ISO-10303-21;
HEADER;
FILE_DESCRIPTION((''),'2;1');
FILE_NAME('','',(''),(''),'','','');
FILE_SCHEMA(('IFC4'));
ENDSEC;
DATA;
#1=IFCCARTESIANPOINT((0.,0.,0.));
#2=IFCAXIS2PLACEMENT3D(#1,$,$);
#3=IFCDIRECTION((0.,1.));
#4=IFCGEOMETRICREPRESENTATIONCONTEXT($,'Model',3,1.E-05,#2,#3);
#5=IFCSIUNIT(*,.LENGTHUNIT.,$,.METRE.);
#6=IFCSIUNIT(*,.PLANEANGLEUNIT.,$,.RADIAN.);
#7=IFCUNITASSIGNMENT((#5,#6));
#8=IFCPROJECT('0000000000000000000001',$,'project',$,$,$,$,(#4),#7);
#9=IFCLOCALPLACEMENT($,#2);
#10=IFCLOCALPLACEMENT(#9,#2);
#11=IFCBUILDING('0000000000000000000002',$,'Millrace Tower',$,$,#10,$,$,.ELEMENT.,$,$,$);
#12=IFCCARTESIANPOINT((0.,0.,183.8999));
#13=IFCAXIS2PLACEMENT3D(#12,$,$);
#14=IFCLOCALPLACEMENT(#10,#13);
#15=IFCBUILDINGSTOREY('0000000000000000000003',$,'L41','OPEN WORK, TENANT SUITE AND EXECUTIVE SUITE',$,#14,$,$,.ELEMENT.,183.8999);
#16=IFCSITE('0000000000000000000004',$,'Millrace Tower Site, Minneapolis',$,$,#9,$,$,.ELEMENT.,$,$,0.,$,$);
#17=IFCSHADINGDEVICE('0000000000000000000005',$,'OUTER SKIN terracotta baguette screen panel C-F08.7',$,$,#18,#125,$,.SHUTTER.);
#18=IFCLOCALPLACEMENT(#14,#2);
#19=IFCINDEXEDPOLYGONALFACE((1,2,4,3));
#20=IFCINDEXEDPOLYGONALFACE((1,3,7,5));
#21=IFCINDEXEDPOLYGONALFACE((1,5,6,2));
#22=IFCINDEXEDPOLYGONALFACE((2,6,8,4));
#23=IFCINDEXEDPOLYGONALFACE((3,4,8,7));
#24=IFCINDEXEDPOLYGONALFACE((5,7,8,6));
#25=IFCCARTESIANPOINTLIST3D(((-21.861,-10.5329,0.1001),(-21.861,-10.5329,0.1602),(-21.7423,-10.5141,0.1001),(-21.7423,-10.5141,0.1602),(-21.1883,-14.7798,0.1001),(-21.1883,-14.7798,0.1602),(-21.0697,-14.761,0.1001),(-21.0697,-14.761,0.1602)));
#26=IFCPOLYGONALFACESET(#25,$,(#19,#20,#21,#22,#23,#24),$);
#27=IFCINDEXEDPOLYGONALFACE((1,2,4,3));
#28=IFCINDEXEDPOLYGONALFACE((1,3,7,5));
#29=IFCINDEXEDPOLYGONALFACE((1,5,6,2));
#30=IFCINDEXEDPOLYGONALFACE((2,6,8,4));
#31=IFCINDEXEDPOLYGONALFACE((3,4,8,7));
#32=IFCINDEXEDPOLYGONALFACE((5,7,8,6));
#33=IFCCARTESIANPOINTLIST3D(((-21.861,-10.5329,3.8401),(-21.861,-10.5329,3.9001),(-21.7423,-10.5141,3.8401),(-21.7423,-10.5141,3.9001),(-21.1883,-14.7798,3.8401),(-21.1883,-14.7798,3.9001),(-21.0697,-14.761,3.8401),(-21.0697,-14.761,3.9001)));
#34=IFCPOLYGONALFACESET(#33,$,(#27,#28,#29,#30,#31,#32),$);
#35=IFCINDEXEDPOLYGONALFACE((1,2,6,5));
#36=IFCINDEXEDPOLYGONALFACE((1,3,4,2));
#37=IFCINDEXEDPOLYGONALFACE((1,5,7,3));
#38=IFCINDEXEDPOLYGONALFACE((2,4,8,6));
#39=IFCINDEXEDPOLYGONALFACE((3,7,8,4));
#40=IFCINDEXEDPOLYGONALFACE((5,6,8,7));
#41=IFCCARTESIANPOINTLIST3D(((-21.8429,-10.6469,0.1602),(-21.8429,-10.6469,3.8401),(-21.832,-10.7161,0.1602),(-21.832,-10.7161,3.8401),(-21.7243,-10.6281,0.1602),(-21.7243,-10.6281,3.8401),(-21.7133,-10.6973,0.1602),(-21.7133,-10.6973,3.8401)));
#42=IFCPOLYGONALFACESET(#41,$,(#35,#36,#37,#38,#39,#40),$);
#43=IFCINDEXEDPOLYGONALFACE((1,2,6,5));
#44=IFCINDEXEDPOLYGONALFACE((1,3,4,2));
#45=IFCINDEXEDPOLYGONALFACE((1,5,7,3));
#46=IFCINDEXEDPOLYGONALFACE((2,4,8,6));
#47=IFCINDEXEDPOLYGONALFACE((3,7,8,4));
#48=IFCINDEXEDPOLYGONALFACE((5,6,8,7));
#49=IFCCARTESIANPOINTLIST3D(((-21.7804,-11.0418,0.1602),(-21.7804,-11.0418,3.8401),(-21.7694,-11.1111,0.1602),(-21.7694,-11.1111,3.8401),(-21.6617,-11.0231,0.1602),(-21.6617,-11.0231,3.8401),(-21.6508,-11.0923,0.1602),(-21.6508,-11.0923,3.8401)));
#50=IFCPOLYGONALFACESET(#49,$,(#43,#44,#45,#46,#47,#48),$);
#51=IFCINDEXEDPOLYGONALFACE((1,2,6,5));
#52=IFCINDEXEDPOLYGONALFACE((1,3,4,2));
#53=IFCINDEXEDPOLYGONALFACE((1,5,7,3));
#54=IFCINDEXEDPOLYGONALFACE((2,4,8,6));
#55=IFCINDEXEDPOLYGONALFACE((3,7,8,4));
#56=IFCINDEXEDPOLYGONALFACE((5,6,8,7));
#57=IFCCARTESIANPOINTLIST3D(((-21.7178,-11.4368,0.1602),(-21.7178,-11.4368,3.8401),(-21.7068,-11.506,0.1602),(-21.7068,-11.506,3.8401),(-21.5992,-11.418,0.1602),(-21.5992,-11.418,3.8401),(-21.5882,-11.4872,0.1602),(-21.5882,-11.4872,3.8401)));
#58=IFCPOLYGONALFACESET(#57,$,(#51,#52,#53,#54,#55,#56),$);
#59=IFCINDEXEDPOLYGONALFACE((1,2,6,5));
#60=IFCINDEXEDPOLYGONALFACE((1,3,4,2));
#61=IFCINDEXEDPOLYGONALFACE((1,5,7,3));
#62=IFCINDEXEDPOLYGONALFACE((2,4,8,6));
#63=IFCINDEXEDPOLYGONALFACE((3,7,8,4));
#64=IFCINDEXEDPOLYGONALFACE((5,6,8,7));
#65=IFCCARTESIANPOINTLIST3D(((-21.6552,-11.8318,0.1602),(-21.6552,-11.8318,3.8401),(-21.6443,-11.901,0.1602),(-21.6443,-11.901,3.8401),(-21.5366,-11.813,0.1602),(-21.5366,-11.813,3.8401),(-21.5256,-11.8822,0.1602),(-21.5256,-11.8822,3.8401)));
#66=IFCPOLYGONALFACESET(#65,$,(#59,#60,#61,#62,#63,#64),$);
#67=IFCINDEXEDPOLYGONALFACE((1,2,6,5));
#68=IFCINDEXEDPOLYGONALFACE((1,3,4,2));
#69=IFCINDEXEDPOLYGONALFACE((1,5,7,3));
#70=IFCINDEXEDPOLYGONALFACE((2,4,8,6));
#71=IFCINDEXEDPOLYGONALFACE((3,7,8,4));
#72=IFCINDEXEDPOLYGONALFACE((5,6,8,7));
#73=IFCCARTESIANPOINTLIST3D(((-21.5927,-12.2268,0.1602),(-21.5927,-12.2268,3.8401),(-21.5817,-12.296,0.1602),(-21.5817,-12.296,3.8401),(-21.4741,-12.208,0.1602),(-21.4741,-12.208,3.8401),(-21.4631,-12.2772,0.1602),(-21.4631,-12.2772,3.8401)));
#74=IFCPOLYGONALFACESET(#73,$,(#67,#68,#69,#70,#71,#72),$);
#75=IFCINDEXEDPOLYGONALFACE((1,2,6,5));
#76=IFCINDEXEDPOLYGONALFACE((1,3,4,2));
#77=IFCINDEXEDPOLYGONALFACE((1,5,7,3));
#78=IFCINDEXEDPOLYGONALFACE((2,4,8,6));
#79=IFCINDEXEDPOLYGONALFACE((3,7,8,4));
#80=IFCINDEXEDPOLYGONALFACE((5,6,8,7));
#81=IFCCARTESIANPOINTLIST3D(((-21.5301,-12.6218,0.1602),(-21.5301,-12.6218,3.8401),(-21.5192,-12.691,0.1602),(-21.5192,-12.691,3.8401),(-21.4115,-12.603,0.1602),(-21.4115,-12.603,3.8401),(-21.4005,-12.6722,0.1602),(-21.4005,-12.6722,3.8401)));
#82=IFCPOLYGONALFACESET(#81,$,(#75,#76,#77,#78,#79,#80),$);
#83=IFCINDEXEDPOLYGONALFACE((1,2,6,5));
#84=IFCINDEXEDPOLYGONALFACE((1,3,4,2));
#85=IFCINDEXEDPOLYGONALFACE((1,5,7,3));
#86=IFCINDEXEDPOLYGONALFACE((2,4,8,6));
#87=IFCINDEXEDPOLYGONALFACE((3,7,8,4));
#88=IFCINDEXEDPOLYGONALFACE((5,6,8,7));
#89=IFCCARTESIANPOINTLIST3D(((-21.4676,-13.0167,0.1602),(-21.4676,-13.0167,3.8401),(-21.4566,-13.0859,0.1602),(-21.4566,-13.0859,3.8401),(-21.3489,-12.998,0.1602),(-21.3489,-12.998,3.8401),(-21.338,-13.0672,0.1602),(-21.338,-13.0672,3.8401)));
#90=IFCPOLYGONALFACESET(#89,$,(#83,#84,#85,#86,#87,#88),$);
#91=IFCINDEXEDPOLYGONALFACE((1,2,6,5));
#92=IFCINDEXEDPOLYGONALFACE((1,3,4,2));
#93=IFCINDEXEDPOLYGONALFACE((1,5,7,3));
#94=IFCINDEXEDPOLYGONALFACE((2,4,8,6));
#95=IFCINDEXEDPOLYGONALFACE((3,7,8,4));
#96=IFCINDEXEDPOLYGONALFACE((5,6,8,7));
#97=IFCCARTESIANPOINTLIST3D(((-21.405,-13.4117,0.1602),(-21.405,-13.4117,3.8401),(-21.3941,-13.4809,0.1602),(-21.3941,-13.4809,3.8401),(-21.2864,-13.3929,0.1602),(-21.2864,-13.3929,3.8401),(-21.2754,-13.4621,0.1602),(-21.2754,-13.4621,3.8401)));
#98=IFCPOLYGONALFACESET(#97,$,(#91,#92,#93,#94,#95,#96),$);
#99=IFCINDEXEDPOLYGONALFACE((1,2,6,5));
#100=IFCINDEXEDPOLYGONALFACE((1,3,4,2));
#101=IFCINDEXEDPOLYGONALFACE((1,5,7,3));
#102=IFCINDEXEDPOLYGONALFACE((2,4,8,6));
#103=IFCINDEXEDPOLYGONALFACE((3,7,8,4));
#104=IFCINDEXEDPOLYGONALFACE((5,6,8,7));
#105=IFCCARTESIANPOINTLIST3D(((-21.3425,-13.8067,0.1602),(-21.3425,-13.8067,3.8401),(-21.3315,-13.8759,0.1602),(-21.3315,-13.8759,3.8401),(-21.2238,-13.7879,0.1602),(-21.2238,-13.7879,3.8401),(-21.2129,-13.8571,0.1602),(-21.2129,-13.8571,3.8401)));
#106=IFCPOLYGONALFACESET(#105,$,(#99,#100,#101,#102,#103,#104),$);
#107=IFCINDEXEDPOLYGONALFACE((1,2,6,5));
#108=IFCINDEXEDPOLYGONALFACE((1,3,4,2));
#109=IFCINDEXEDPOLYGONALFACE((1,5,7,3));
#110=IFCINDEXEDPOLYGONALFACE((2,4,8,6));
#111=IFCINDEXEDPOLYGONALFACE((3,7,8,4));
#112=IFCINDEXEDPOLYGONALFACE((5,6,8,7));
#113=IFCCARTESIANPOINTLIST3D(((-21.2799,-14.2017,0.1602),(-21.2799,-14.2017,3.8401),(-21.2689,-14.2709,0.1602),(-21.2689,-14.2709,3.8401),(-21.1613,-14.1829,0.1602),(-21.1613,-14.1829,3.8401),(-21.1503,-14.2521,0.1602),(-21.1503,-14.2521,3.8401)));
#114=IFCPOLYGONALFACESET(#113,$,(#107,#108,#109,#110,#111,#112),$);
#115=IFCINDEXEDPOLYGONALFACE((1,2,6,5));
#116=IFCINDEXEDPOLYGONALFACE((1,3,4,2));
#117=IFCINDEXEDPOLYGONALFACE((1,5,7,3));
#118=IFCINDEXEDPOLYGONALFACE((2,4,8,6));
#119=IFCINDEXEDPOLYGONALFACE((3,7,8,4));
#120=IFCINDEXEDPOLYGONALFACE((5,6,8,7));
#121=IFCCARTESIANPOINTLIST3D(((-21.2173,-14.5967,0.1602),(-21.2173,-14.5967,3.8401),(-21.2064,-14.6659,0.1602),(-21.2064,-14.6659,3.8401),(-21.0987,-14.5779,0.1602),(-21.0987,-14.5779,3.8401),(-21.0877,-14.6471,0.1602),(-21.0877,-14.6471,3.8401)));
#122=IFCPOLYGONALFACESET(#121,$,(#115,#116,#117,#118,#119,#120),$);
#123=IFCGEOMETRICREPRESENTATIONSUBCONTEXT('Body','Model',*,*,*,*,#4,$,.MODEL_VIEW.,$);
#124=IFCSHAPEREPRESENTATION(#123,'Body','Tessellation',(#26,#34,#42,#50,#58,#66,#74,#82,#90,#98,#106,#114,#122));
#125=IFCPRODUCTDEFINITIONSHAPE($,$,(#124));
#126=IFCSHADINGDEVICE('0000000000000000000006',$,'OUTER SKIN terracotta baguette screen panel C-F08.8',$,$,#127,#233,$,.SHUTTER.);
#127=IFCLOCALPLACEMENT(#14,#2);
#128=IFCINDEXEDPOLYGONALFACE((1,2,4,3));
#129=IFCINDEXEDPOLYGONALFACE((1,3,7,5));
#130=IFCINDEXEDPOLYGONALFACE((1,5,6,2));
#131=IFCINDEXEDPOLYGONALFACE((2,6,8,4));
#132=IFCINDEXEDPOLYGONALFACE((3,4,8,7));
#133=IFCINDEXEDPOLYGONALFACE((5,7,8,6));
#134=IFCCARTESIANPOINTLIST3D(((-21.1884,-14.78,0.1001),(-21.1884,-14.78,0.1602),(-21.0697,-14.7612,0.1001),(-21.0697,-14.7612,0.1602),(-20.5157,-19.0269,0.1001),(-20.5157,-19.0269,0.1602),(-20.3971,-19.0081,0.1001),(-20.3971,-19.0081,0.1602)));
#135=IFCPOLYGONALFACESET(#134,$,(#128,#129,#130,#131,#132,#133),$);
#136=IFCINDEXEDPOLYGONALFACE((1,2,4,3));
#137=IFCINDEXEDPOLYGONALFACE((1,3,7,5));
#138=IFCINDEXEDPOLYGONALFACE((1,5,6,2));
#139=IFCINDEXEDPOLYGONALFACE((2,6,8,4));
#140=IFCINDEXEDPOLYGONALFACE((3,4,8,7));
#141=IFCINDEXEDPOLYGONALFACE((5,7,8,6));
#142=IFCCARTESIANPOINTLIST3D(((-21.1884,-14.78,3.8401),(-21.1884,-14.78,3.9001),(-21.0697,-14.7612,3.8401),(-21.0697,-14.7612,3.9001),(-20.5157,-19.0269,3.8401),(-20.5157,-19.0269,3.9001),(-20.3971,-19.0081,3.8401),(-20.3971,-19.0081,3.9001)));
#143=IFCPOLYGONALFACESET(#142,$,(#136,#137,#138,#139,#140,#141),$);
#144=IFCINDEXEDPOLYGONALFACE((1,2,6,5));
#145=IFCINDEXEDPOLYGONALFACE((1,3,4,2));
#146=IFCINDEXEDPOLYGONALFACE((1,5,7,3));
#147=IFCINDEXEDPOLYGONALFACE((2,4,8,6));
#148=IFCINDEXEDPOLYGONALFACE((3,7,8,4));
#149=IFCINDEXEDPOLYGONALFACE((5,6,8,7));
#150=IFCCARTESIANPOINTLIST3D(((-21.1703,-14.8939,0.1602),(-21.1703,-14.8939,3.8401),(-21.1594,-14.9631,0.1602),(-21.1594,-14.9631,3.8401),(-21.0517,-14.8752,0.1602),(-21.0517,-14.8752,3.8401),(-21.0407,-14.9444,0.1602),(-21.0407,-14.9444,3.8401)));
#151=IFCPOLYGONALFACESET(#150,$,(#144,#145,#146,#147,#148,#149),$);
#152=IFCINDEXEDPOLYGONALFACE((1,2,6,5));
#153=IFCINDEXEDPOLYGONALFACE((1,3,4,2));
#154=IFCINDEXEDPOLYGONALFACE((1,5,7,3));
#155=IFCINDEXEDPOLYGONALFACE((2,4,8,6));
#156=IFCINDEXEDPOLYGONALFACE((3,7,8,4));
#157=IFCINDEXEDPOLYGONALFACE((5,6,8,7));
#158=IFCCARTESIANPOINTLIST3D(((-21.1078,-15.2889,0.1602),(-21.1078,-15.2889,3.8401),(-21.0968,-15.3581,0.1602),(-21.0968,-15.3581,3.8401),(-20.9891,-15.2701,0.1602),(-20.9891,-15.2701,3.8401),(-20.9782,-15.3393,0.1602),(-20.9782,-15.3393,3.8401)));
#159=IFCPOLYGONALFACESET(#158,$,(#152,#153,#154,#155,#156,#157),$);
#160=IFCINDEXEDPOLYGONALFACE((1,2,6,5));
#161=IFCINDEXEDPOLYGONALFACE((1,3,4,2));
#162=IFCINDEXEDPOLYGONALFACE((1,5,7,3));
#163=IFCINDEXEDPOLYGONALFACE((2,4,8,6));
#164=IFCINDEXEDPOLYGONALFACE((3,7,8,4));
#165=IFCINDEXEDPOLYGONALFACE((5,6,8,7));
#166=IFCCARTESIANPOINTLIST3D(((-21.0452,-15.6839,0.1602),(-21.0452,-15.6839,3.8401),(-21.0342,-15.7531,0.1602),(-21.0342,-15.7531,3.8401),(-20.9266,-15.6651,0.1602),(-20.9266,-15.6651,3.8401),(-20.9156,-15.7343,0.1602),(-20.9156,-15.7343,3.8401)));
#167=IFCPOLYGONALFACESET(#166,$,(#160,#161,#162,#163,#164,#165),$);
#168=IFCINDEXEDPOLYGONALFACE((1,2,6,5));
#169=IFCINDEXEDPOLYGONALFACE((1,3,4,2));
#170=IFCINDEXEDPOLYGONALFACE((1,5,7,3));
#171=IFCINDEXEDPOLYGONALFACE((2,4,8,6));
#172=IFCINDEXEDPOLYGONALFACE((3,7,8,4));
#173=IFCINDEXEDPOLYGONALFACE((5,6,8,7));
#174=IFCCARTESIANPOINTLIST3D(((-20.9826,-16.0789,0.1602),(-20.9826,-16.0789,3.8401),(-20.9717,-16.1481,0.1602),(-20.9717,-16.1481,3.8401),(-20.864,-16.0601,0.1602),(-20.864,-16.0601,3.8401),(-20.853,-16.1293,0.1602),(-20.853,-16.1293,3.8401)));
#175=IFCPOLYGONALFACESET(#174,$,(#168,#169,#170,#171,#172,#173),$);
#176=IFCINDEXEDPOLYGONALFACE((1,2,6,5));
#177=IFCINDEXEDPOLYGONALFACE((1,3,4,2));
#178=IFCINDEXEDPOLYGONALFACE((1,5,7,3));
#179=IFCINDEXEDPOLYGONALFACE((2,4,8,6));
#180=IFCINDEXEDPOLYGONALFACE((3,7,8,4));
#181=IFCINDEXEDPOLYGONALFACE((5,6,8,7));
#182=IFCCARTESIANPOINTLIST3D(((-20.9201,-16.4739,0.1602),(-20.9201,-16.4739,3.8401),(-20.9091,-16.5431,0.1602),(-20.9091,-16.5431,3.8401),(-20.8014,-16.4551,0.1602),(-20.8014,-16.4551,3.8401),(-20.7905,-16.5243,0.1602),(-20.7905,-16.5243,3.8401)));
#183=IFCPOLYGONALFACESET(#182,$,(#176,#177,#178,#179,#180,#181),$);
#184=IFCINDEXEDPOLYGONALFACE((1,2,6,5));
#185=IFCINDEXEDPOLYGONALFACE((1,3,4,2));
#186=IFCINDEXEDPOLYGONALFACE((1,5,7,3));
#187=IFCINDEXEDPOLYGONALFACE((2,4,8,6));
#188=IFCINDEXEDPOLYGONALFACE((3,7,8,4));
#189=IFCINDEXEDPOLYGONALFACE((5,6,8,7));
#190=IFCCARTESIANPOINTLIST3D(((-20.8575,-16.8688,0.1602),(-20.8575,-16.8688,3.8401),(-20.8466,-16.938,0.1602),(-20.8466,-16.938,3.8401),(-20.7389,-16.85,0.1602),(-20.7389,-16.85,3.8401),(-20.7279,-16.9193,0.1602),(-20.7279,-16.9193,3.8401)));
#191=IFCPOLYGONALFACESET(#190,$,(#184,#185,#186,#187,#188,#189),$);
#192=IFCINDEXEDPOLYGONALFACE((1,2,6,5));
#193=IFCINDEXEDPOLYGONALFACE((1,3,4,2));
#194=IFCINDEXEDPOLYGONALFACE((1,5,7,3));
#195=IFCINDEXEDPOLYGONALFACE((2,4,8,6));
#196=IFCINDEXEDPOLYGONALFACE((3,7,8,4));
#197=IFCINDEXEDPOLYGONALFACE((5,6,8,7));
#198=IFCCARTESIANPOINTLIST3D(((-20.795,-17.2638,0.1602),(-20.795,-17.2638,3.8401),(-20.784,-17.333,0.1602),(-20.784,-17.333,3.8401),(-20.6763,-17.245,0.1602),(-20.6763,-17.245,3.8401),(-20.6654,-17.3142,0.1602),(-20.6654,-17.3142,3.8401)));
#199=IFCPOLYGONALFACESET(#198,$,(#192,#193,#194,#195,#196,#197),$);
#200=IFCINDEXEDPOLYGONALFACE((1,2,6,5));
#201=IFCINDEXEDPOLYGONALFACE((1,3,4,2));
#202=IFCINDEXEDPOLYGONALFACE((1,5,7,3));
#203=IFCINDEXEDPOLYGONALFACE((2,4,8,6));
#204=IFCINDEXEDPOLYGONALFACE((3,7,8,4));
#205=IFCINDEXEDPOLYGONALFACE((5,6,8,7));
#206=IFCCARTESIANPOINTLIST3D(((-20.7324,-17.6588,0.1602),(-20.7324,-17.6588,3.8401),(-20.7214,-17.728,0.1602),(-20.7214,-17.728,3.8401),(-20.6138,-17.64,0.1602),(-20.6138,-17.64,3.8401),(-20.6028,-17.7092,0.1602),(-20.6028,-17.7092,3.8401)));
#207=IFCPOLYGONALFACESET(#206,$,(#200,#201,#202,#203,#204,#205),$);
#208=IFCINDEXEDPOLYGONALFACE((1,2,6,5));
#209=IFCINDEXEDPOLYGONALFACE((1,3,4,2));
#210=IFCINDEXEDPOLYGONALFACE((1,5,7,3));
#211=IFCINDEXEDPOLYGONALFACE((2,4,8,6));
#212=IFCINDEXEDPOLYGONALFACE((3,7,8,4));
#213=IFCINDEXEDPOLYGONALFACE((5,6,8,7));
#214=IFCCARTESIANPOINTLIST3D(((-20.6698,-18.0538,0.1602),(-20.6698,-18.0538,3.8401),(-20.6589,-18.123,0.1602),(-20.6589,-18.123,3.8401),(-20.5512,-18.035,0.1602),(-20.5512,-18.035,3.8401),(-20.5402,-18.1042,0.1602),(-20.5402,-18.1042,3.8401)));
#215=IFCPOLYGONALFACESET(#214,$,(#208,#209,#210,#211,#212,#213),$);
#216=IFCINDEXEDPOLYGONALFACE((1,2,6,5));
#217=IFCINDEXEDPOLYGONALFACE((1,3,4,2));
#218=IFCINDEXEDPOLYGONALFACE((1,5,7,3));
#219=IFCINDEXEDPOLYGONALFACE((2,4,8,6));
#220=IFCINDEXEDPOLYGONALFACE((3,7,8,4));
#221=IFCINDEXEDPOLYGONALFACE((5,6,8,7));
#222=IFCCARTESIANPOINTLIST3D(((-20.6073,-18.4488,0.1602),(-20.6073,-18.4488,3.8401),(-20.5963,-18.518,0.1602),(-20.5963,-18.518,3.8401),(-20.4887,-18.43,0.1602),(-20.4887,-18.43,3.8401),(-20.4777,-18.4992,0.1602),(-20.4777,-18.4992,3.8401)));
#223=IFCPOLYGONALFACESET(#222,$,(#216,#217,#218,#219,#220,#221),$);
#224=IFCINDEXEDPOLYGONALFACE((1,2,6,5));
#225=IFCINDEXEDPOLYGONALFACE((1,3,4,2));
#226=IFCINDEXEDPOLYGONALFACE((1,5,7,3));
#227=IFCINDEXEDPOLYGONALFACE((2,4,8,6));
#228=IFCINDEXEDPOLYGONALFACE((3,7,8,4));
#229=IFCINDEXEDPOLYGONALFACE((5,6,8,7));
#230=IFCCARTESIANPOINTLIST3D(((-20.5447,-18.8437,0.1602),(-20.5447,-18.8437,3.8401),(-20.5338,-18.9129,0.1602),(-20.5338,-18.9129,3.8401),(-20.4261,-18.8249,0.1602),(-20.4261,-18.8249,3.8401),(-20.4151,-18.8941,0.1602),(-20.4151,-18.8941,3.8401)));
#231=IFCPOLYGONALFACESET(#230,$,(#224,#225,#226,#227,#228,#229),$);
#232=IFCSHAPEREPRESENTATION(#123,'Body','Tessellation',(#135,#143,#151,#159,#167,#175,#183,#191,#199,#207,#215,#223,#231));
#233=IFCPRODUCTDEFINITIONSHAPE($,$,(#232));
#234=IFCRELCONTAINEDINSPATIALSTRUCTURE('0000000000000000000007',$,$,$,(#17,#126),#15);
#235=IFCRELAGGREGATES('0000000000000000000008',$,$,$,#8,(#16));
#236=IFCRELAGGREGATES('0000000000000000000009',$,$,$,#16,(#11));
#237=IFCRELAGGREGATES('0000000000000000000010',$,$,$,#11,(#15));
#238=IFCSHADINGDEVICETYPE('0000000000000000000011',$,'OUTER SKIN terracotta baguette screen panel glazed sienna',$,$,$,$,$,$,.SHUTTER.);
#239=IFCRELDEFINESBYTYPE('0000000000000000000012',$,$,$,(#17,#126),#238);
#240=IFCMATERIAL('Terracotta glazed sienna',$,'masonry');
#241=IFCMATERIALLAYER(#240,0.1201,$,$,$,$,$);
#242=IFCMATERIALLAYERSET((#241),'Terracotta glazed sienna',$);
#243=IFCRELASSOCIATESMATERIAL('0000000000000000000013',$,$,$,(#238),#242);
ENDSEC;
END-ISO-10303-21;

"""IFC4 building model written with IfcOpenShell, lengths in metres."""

from ifc_helpers import new_model, entity, si_unit, direction, frame, frame_2d, origin, origin_2d, place, context, subcontext, project, spatial, rectangle, extrude, source, transform, mapped, material, layer, layer_set, type_object, element, save


model = new_model("IFC4")

# Units and contexts
model_context = context("Model", 3, precision=1e-05, world=origin(), true_north=direction((0.0, 1.0)))
body_context = subcontext(model_context, "Body", "Model", "MODEL_VIEW")
ifc_project = project(units=[si_unit("LENGTHUNIT", "METRE"), si_unit("PLANEANGLEUNIT", "RADIAN")], contexts=[model_context])

# Site, building, storey
site_placement = place(None, origin())
site = spatial("IfcSite", under=ifc_project, at=site_placement, Name="Millrace Tower Site, Minneapolis", CompositionType="ELEMENT", RefElevation=0.0)
building_placement = place(site_placement, origin())
building = spatial("IfcBuilding", under=site, at=building_placement, Name="Millrace Tower", CompositionType="ELEMENT")
storey_placement = place(building_placement, frame((0.0, 0.0, 183.8999)))
storey = spatial("IfcBuildingStorey", under=building, at=storey_placement, Name="L41", Description="OPEN WORK, TENANT SUITE AND EXECUTIVE SUITE", CompositionType="ELEMENT", Elevation=183.8999)

# Shading devices
ifc_material_1 = material(Name="Terracotta glazed sienna", Category="masonry")
ifc_layer_1 = layer(ifc_material_1, 0.1201)
ifc_layer_set_1 = layer_set([ifc_layer_1], Name="Terracotta glazed sienna")
shading_device_type = type_object("IfcShadingDeviceType", Name="OUTER SKIN terracotta baguette screen panel glazed sienna", PredefinedType="SHUTTER", material=ifc_layer_set_1)
cartesian_point_1 = entity("IfcCartesianPoint", [-2.1499, 0.0601])
shared_polyline_1 = entity("IfcPolyline", [cartesian_point_1, entity("IfcCartesianPoint", [2.1499, 0.0601]), entity("IfcCartesianPoint", [2.1499, -0.0601]), entity("IfcCartesianPoint", [-2.1499, -0.0601]), cartesian_point_1])
shared_shape_1 = source(origin(), body_context, "Body", "SweptSolid", [
    entity("IfcExtrudedAreaSolid", entity("IfcArbitraryClosedProfileDef", "AREA", None, shared_polyline_1), entity("IfcAxis2Placement3D", entity("IfcCartesianPoint", [0.0, 0.0, 0.0])), entity("IfcDirection", [0.0, 0.0, 1.0]), 0.0601),
    entity("IfcExtrudedAreaSolid", entity("IfcArbitraryClosedProfileDef", "AREA", None, shared_polyline_1), entity("IfcAxis2Placement3D", entity("IfcCartesianPoint", [0.0, 0.0, 3.74])), entity("IfcDirection", [0.0, 0.0, 1.0]), 0.0601),
    extrude(rectangle(XDim=0.0701, YDim=0.1201, at=frame_2d((-1.9995, 0.0))), frame((0.0, 0.0, 0.0601)), (0.0, 0.0, 1.0), 3.6799),
    extrude(rectangle(XDim=0.0701, YDim=0.1201, at=frame_2d((-1.5996, 0.0))), frame((0.0, 0.0, 0.0601)), (0.0, 0.0, 1.0), 3.6799),
    extrude(rectangle(XDim=0.0701, YDim=0.1201, at=frame_2d((-1.1997, 0.0))), frame((0.0, 0.0, 0.0601)), (0.0, 0.0, 1.0), 3.6799),
    extrude(rectangle(XDim=0.0701, YDim=0.1201, at=frame_2d((-0.7998, 0.0))), frame((0.0, 0.0, 0.0601)), (0.0, 0.0, 1.0), 3.6799),
    extrude(rectangle(XDim=0.0701, YDim=0.1201, at=frame_2d((-0.3999, 0.0))), frame((0.0, 0.0, 0.0601)), (0.0, 0.0, 1.0), 3.6799),
    extrude(rectangle(XDim=0.0701, YDim=0.1201, at=origin_2d()), frame((0.0, 0.0, 0.0601)), (0.0, 0.0, 1.0), 3.6799),
    extrude(rectangle(XDim=0.0701, YDim=0.1201, at=frame_2d((0.3999, 0.0))), frame((0.0, 0.0, 0.0601)), (0.0, 0.0, 1.0), 3.6799),
    extrude(rectangle(XDim=0.0701, YDim=0.1201, at=frame_2d((0.7998, 0.0))), frame((0.0, 0.0, 0.0601)), (0.0, 0.0, 1.0), 3.6799),
    extrude(rectangle(XDim=0.0701, YDim=0.1201, at=frame_2d((1.1997, 0.0))), frame((0.0, 0.0, 0.0601)), (0.0, 0.0, 1.0), 3.6799),
    extrude(rectangle(XDim=0.0701, YDim=0.1201, at=frame_2d((1.5996, 0.0))), frame((0.0, 0.0, 0.0601)), (0.0, 0.0, 1.0), 3.6799),
    extrude(rectangle(XDim=0.0701, YDim=0.1201, at=frame_2d((1.9995, 0.0))), frame((0.0, 0.0, 0.0601)), (0.0, 0.0, 1.0), 3.6799),
])
for number, where, z_axis, x_axis, name in (
    (1, (-21.4653, -12.647, 0.1001), (0.0, 0.0, 1.0), (0.156434, -0.987688, 0.0), "OUTER SKIN terracotta baguette screen panel C-F08.7"),
    (2, (-20.7927, -16.894, 0.1001), (0.0, 0.0, 1.0), (0.156434, -0.987688, 0.0), "OUTER SKIN terracotta baguette screen panel C-F08.8"),
):
    element("IfcShadingDevice", number, at=place(storey_placement, frame(where, z_axis=z_axis, x_axis=x_axis)), inside=storey, type_object=shading_device_type, Name=name, PredefinedType="SHUTTER", context=body_context, shape_type="MappedRepresentation", body=[
        mapped(shared_shape_1, transform((0.0, 0.0, 0.0), scale=1.0)),
    ])

save(model, "model.ifc")
